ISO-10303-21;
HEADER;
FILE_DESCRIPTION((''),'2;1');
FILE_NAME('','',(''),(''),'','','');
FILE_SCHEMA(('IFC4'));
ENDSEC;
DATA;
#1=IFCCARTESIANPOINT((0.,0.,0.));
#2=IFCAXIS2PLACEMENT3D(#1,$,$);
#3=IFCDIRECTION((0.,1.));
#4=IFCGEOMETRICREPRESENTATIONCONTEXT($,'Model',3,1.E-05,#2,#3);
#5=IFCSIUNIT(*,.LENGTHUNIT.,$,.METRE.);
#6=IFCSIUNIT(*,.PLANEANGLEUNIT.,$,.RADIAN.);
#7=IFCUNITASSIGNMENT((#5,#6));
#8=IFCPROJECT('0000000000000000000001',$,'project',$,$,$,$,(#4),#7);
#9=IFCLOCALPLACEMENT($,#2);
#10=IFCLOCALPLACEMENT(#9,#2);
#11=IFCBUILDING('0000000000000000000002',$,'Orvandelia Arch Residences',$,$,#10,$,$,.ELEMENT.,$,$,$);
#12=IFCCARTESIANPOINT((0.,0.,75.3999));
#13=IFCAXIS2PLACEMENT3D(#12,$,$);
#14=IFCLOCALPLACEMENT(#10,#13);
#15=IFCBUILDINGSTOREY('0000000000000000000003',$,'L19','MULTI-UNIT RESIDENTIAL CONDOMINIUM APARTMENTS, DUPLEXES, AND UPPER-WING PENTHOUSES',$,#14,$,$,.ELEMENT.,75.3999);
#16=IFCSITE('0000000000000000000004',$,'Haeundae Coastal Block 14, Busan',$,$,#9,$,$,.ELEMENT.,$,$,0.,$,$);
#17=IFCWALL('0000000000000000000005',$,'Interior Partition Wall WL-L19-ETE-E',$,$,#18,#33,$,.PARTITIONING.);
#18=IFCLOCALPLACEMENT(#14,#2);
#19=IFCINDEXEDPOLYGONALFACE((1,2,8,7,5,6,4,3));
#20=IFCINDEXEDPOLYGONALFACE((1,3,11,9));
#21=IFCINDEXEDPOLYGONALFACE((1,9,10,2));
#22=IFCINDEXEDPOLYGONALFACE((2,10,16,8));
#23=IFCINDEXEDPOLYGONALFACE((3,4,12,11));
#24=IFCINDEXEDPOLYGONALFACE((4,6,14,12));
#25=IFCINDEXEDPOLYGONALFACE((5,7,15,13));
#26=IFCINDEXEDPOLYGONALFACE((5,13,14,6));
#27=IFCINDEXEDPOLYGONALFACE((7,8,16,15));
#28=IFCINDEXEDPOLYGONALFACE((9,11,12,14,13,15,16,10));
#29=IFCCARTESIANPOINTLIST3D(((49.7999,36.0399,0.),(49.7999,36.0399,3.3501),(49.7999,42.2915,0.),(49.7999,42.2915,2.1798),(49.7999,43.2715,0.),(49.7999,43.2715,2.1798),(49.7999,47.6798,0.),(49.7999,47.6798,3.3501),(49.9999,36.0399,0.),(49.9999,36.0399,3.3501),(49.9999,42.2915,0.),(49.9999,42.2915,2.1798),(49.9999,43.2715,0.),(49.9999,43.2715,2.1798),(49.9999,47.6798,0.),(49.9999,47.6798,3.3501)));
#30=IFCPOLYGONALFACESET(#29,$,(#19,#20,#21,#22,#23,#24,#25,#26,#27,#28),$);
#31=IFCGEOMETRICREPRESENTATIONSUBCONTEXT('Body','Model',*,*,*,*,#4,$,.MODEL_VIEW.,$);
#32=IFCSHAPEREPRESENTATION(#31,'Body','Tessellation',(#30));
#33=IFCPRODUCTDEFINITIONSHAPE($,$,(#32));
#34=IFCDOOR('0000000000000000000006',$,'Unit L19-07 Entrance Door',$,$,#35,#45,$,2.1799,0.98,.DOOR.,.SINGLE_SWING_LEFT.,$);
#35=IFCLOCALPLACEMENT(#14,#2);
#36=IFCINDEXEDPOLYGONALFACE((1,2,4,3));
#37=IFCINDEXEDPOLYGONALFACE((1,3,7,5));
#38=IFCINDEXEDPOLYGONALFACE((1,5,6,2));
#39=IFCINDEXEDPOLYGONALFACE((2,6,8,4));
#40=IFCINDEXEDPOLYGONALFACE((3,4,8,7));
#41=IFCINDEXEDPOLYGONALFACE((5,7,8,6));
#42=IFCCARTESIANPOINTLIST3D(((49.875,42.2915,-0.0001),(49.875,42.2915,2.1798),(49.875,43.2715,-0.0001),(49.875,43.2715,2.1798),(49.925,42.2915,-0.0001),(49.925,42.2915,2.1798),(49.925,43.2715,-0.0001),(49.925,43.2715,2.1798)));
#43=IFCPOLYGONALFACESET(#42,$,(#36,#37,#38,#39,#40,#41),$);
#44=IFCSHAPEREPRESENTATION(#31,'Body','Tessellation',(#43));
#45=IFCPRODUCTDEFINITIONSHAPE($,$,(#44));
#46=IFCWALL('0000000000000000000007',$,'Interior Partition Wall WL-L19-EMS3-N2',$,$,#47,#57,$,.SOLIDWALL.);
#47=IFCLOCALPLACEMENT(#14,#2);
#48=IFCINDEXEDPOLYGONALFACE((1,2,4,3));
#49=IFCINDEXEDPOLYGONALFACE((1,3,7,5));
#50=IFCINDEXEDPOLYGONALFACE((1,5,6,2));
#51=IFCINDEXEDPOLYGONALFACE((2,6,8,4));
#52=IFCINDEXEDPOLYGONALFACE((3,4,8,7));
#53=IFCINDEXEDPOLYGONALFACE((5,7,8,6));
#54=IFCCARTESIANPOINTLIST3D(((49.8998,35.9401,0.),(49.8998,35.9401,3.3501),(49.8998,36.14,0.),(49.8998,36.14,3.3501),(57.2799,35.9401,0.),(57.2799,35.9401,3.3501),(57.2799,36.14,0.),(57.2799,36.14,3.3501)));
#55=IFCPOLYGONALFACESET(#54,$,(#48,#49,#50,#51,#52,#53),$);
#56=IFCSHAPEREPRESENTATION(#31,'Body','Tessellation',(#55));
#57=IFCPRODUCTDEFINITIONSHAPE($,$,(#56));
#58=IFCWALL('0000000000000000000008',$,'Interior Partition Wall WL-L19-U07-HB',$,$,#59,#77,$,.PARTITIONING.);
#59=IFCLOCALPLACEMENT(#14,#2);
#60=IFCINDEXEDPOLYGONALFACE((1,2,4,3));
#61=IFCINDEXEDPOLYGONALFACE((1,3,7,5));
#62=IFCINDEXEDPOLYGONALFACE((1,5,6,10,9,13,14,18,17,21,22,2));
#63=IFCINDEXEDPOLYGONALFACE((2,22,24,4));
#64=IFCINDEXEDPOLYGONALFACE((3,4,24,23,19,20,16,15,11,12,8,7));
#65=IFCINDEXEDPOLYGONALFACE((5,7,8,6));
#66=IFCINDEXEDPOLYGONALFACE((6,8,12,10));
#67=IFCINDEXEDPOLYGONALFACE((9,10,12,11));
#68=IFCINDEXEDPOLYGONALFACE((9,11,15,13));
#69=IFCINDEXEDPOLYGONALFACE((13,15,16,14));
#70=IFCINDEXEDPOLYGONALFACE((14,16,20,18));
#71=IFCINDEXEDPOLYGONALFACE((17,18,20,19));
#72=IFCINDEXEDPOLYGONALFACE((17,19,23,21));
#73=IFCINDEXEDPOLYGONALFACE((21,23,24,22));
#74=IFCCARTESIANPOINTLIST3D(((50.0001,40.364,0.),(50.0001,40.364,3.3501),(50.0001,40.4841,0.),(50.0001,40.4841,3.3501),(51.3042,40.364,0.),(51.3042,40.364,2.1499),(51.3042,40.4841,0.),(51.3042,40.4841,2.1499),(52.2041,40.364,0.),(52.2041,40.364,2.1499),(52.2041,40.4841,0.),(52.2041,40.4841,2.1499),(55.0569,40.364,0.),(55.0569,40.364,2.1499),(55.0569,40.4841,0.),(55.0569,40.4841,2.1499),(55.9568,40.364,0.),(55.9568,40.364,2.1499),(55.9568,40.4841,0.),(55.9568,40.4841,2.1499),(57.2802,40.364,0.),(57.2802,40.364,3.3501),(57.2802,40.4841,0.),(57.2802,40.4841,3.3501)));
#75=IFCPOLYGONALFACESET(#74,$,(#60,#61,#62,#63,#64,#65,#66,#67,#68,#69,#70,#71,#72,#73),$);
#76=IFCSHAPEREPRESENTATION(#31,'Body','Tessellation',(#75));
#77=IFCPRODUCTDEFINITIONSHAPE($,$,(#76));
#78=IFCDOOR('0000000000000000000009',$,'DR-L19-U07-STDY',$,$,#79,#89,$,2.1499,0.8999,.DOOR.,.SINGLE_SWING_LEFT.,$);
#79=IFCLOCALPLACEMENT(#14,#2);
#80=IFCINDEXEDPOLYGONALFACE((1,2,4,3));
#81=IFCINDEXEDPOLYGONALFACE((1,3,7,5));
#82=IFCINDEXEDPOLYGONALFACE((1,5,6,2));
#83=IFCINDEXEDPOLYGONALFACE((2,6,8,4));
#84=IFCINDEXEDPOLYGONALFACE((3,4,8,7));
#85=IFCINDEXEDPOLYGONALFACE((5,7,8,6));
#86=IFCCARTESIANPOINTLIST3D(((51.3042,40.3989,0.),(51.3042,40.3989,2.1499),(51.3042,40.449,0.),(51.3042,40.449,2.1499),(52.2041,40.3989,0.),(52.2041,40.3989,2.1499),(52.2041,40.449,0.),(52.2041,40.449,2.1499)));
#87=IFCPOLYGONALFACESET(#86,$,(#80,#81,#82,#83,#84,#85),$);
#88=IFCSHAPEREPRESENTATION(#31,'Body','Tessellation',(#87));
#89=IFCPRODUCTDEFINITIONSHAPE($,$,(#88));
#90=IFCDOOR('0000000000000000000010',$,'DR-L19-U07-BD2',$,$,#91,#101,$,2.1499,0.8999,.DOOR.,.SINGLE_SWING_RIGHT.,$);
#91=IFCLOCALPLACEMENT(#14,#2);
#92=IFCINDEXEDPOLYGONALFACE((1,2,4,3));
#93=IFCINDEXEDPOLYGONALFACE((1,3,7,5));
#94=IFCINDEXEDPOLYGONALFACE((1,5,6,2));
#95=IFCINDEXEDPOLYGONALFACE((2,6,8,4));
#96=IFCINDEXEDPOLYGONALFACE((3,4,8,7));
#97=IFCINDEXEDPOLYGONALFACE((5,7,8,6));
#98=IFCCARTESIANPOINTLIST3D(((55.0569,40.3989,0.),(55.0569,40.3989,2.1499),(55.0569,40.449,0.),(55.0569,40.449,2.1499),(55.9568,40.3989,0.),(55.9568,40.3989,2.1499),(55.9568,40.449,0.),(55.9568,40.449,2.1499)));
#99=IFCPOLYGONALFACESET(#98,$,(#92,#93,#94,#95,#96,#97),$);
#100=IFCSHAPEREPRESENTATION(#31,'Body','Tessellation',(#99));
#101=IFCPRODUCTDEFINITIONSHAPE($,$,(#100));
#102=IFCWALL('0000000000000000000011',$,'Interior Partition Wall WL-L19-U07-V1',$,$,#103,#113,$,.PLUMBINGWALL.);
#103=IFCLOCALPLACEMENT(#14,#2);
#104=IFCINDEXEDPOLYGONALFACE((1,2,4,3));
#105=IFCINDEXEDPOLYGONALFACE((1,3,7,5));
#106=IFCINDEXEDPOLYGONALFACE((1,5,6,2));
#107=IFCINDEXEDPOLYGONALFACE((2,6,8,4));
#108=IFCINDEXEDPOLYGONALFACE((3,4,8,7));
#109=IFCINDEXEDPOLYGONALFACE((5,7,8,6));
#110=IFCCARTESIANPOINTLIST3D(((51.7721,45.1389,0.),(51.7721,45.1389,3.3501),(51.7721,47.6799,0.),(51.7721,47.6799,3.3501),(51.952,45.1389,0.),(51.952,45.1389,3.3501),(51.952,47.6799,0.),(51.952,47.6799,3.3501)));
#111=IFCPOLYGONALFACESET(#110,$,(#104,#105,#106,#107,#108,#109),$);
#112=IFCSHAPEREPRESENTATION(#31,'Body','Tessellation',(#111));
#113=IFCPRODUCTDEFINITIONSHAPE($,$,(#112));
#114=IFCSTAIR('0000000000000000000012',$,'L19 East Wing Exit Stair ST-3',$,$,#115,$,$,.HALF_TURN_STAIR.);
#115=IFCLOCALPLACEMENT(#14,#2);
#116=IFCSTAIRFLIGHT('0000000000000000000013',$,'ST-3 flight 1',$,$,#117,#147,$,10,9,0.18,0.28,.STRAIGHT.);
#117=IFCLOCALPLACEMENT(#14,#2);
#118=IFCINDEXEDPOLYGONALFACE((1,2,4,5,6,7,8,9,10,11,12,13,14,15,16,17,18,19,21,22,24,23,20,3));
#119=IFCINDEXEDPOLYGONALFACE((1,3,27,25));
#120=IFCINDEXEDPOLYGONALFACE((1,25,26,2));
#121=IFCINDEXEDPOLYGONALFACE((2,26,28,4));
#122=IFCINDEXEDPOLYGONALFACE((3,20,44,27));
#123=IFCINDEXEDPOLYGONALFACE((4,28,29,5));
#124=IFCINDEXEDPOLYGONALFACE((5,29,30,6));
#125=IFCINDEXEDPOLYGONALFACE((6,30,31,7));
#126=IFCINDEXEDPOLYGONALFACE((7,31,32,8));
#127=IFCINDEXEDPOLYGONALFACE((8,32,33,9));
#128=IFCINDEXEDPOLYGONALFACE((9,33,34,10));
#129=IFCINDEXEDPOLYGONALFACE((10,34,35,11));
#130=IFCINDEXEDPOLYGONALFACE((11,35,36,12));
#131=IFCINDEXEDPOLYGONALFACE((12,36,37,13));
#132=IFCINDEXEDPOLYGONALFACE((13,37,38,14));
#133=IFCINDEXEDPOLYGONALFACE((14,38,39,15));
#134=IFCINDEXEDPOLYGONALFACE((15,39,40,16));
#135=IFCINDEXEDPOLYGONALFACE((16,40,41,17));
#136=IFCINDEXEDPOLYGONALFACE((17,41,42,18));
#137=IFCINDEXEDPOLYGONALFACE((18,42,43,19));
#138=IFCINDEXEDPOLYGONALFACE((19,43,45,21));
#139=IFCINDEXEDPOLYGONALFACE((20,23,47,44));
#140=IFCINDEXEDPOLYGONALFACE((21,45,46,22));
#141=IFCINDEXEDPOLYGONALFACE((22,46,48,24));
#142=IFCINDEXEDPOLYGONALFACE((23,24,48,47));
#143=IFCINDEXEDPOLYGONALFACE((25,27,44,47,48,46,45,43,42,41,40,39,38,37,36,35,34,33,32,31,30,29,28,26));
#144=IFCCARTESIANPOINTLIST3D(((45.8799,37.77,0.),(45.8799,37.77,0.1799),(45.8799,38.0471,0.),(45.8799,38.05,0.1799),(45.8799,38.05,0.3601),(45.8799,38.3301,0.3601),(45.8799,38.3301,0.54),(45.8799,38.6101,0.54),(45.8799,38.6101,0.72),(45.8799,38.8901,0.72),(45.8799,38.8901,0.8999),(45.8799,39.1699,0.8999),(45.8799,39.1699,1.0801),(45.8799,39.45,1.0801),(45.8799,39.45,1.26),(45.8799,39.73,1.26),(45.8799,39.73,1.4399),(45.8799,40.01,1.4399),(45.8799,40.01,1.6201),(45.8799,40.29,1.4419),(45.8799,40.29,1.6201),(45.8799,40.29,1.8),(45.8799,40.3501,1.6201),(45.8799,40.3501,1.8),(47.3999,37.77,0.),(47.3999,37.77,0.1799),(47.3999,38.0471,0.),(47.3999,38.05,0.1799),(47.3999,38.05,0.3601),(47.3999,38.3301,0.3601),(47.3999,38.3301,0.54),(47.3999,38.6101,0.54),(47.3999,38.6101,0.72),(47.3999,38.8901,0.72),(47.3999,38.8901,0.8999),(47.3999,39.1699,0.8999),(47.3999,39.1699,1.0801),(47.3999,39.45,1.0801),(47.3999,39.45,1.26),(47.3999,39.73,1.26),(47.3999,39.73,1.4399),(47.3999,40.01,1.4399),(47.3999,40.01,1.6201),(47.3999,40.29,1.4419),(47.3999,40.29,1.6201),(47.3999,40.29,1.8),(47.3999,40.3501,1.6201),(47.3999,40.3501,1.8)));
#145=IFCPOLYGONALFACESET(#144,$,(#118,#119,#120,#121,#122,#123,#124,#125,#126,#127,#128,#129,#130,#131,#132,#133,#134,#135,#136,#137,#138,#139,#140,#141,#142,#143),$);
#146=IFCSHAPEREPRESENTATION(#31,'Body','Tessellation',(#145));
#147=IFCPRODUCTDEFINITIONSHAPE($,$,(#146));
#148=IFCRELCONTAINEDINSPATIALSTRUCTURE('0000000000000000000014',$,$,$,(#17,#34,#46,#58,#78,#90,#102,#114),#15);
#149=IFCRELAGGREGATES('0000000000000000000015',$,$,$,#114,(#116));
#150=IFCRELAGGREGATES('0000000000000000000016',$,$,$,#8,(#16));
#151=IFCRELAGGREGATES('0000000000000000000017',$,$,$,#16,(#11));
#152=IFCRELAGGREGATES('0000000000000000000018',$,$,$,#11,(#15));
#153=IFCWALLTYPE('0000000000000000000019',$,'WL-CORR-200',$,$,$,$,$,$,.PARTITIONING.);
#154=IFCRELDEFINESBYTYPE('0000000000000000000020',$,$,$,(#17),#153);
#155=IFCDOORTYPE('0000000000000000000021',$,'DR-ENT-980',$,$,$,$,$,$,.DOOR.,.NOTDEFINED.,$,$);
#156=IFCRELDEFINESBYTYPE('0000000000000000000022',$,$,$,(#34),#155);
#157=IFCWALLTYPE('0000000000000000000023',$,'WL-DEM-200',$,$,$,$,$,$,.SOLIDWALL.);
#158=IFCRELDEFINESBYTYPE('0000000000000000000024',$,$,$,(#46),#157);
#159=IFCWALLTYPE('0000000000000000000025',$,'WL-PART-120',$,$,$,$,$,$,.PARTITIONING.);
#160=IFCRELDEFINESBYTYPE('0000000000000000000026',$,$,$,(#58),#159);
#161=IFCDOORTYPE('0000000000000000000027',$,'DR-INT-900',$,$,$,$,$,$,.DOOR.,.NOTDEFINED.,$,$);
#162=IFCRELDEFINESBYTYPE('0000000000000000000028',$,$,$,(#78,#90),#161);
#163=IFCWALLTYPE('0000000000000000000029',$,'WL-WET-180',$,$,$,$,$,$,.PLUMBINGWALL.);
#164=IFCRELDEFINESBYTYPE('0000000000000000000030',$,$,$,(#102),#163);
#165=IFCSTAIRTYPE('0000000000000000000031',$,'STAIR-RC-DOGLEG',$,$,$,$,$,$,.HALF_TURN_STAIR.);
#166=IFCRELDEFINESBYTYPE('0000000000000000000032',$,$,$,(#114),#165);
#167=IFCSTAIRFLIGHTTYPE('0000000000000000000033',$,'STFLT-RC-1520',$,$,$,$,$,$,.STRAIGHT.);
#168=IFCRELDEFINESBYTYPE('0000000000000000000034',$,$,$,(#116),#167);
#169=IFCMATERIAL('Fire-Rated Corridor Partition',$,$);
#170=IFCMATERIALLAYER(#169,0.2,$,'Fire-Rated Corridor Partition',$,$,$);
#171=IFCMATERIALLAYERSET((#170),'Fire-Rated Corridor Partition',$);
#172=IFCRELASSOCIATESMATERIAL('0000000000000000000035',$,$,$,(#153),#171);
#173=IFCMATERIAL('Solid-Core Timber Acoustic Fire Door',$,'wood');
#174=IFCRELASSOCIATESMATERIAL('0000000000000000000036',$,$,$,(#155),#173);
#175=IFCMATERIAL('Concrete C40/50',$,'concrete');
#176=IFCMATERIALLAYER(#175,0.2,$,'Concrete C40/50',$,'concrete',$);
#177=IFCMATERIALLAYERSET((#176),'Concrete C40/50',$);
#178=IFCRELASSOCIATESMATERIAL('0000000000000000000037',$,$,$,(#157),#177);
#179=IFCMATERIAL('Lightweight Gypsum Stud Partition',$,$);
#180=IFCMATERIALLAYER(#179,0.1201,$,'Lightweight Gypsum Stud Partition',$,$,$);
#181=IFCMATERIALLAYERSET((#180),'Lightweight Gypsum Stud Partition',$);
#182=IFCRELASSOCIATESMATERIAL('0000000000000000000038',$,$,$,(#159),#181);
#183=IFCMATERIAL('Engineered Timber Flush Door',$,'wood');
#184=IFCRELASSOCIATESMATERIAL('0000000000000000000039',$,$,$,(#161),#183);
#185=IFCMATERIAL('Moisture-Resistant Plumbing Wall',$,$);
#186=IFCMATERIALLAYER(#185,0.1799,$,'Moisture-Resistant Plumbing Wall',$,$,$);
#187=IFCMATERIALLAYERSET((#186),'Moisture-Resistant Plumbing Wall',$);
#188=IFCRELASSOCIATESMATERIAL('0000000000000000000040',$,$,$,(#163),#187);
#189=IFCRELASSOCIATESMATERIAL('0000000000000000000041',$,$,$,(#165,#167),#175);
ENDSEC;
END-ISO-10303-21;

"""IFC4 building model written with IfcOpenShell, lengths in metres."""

from ifc_helpers import new_model, si_unit, direction, frame, frame_2d, origin, place, context, subcontext, project, spatial, polyline, rectangle, outline, extrude, material, layer, layer_set, type_object, element, fill, aggregate, save


model = new_model("IFC4")

# Units and contexts
model_context = context("Model", 3, precision=1e-05, world=origin(), true_north=direction((0.0, 1.0)))
body_context = subcontext(model_context, "Body", "Model", "MODEL_VIEW")
ifc_project = project(units=[si_unit("LENGTHUNIT", "METRE"), si_unit("PLANEANGLEUNIT", "RADIAN")], contexts=[model_context])

# Site, building, storey
site_placement = place(None, origin())
site = spatial("IfcSite", under=ifc_project, at=site_placement, Name="Haeundae Coastal Block 14, Busan", CompositionType="ELEMENT", RefElevation=0.0)
building_placement = place(site_placement, origin())
building = spatial("IfcBuilding", under=site, at=building_placement, Name="Orvandelia Arch Residences", CompositionType="ELEMENT")
storey_placement = place(building_placement, frame((0.0, 0.0, 75.3999)))
storey = spatial("IfcBuildingStorey", under=building, at=storey_placement, Name="L19", Description="MULTI-UNIT RESIDENTIAL CONDOMINIUM APARTMENTS, DUPLEXES, AND UPPER-WING PENTHOUSES", CompositionType="ELEMENT", Elevation=75.3999)

# Wall, opening, door
ifc_material_1 = material(Name="Fire-Rated Corridor Partition")
ifc_layer_1 = layer(ifc_material_1, 0.2, Name="Fire-Rated Corridor Partition")
ifc_layer_set_1 = layer_set([ifc_layer_1], Name="Fire-Rated Corridor Partition")
wall_type_1 = type_object("IfcWallType", Name="WL-CORR-200", PredefinedType="PARTITIONING", material=ifc_layer_set_1)
wall_1_placement = place(storey_placement, frame((49.8999, 36.04, 0.0), z_axis=(0.0, 0.0, 1.0), x_axis=(0.0, 1.0, 0.0)))
wall_1 = element("IfcWall", 1, at=wall_1_placement, inside=storey, type_object=wall_type_1, Name="Interior Partition Wall WL-L19-ETE-E", PredefinedType="PARTITIONING", context=body_context, shape_type="SweptSolid", body=[
    extrude(rectangle(XDim=11.6399, YDim=0.2, at=frame_2d((5.8198, 0.0))), origin(), (0.0, 0.0, 1.0), 3.3501),
])
opening_1_placement = place(wall_1_placement, frame((6.2515, 0.0, 0.0)))
opening_1 = element("IfcOpeningElement", 2, at=opening_1_placement, cuts=wall_1, PredefinedType="OPENING", context=body_context, shape_type="SweptSolid", body=[
    extrude(rectangle(XDim=0.98, YDim=2.1799, at=frame_2d((0.49, 1.0898))), frame((0.0, 0.1099, 0.0), z_axis=(0.0, -1.0, 0.0), x_axis=(1.0, 0.0, 0.0)), (0.0, 0.0, 1.0), 0.22),
])
ifc_material_2 = material(Name="Solid-Core Timber Acoustic Fire Door", Category="wood")
door_type_1 = type_object("IfcDoorType", Name="DR-ENT-980", OperationType="NOTDEFINED", PredefinedType="DOOR", material=ifc_material_2)
door_1_placement = place(opening_1_placement, origin())
door_1 = element("IfcDoor", 3, at=door_1_placement, inside=storey, type_object=door_type_1, Name="Unit L19-07 Entrance Door", OperationType="SINGLE_SWING_LEFT", OverallHeight=2.1799, OverallWidth=0.98, PredefinedType="DOOR", context=body_context, shape_type="SweptSolid", body=[
    extrude(rectangle(XDim=0.98, YDim=2.1799, at=frame_2d((0.49, 1.0898))), frame((0.0, 0.0249, 0.0), z_axis=(0.0, -1.0, 0.0), x_axis=(1.0, 0.0, 0.0)), (0.0, 0.0, 1.0), 0.05),
])
fill(opening_1, door_1)

# Wall
ifc_material_3 = material(Name="Concrete C40/50", Category="concrete")
ifc_layer_2 = layer(ifc_material_3, 0.2, Name="Concrete C40/50", Category="concrete")
ifc_layer_set_2 = layer_set([ifc_layer_2], Name="Concrete C40/50")
wall_type_2 = type_object("IfcWallType", Name="WL-DEM-200", PredefinedType="SOLIDWALL", material=ifc_layer_set_2)
wall_2_placement = place(storey_placement, frame((49.8999, 36.04, 0.0), z_axis=(0.0, 0.0, 1.0), x_axis=(1.0, 0.0, 0.0)))
element("IfcWall", 4, at=wall_2_placement, inside=storey, type_object=wall_type_2, Name="Interior Partition Wall WL-L19-EMS3-N2", PredefinedType="SOLIDWALL", context=body_context, shape_type="SweptSolid", body=[
    extrude(rectangle(XDim=7.3801, YDim=0.2, at=frame_2d((3.6899, 0.0))), origin(), (0.0, 0.0, 1.0), 3.3501),
])

# Wall, openings, doors
ifc_material_4 = material(Name="Lightweight Gypsum Stud Partition")
ifc_layer_3 = layer(ifc_material_4, 0.1201, Name="Lightweight Gypsum Stud Partition")
ifc_layer_set_3 = layer_set([ifc_layer_3], Name="Lightweight Gypsum Stud Partition")
wall_type_3 = type_object("IfcWallType", Name="WL-PART-120", PredefinedType="PARTITIONING", material=ifc_layer_set_3)
wall_3_placement = place(storey_placement, frame((50.0, 40.4241, 0.0), z_axis=(0.0, 0.0, 1.0), x_axis=(1.0, 0.0, 0.0)))
wall_3 = element("IfcWall", 5, at=wall_3_placement, inside=storey, type_object=wall_type_3, Name="Interior Partition Wall WL-L19-U07-HB", PredefinedType="PARTITIONING", context=body_context, shape_type="SweptSolid", body=[
    extrude(rectangle(XDim=7.28, YDim=0.1201, at=frame_2d((3.6401, 0.0))), origin(), (0.0, 0.0, 1.0), 3.3501),
])
opening_2_placement = place(wall_3_placement, frame((1.3042, 0.0, 0.0)))
opening_2 = element("IfcOpeningElement", 6, at=opening_2_placement, cuts=wall_3, PredefinedType="OPENING", context=body_context, shape_type="SweptSolid", body=[
    extrude(rectangle(XDim=0.8999, YDim=2.1499, at=frame_2d((0.45, 1.075))), frame((0.0, 0.0701, 0.0), z_axis=(0.0, -1.0, 0.0), x_axis=(1.0, 0.0, 0.0)), (0.0, 0.0, 1.0), 0.1401),
])
opening_3_placement = place(wall_3_placement, frame((5.0569, 0.0, 0.0)))
opening_3 = element("IfcOpeningElement", 7, at=opening_3_placement, cuts=wall_3, PredefinedType="OPENING", context=body_context, shape_type="SweptSolid", body=[
    extrude(rectangle(XDim=0.8999, YDim=2.1499, at=frame_2d((0.45, 1.075))), frame((0.0, 0.0701, 0.0), z_axis=(0.0, -1.0, 0.0), x_axis=(1.0, 0.0, 0.0)), (0.0, 0.0, 1.0), 0.1401),
])
ifc_material_5 = material(Name="Engineered Timber Flush Door", Category="wood")
door_type_2 = type_object("IfcDoorType", Name="DR-INT-900", OperationType="NOTDEFINED", PredefinedType="DOOR", material=ifc_material_5)
door_2_placement = place(opening_2_placement, origin())
door_2 = element("IfcDoor", 8, at=door_2_placement, inside=storey, type_object=door_type_2, Name="DR-L19-U07-STDY", OperationType="SINGLE_SWING_LEFT", OverallHeight=2.1499, OverallWidth=0.8999, PredefinedType="DOOR", context=body_context, shape_type="SweptSolid", body=[
    extrude(rectangle(XDim=0.8999, YDim=2.1499, at=frame_2d((0.45, 1.075))), frame((0.0, 0.0249, 0.0), z_axis=(0.0, -1.0, 0.0), x_axis=(1.0, 0.0, 0.0)), (0.0, 0.0, 1.0), 0.05),
])
fill(opening_2, door_2)
door_3_placement = place(opening_3_placement, origin())
door_3 = element("IfcDoor", 9, at=door_3_placement, inside=storey, type_object=door_type_2, Name="DR-L19-U07-BD2", OperationType="SINGLE_SWING_RIGHT", OverallHeight=2.1499, OverallWidth=0.8999, PredefinedType="DOOR", context=body_context, shape_type="SweptSolid", body=[
    extrude(rectangle(XDim=0.8999, YDim=2.1499, at=frame_2d((0.45, 1.075))), frame((0.0, 0.0249, 0.0), z_axis=(0.0, -1.0, 0.0), x_axis=(1.0, 0.0, 0.0)), (0.0, 0.0, 1.0), 0.05),
])
fill(opening_3, door_3)
ifc_material_6 = material(Name="Moisture-Resistant Plumbing Wall")
ifc_layer_4 = layer(ifc_material_6, 0.1799, Name="Moisture-Resistant Plumbing Wall")
ifc_layer_set_4 = layer_set([ifc_layer_4], Name="Moisture-Resistant Plumbing Wall")
wall_type_4 = type_object("IfcWallType", Name="WL-WET-180", PredefinedType="PLUMBINGWALL", material=ifc_layer_set_4)

# Wall
wall_4_placement = place(storey_placement, frame((51.8621, 45.1389, 0.0), z_axis=(0.0, 0.0, 1.0), x_axis=(0.0, 1.0, 0.0)))
element("IfcWall", 10, at=wall_4_placement, inside=storey, type_object=wall_type_4, Name="Interior Partition Wall WL-L19-U07-V1", PredefinedType="PLUMBINGWALL", context=body_context, shape_type="SweptSolid", body=[
    extrude(rectangle(XDim=2.541, YDim=0.1799, at=frame_2d((1.2705, 0.0))), origin(), (0.0, 0.0, 1.0), 3.3501),
])

# Stair, stair flight
stair_type = type_object("IfcStairType", Name="STAIR-RC-DOGLEG", PredefinedType="HALF_TURN_STAIR", material=ifc_material_3)
stair_placement = place(storey_placement, origin())
stair = element("IfcStair", 11, at=stair_placement, inside=storey, type_object=stair_type, Name="L19 East Wing Exit Stair ST-3", PredefinedType="HALF_TURN_STAIR")
stair_flight_type = type_object("IfcStairFlightType", Name="STFLT-RC-1520", PredefinedType="STRAIGHT", material=ifc_material_3)
stair_flight_placement = place(storey_placement, frame((46.6399, 37.77, 0.0), z_axis=(0.0, 0.0, 1.0), x_axis=(0.0, 1.0, 0.0)))
stair_flight = element("IfcStairFlight", 12, at=stair_flight_placement, type_object=stair_flight_type, Name="ST-3 flight 1", NumberOfRisers=10, NumberOfTreads=9, PredefinedType="STRAIGHT", RiserHeight=0.18, TreadLength=0.28, context=body_context, shape_type="SweptSolid", body=[
    extrude(outline(polyline([(0.0, 0.0), (0.0, 0.1799), (0.28, 0.1799), (0.28, 0.3601), (0.5601, 0.3601), (0.5601, 0.54), (0.8401, 0.54), (0.8401, 0.72), (1.1201, 0.72), (1.1201, 0.8999), (1.3999, 0.8999), (1.3999, 1.0801), (1.6799, 1.0801), (1.6799, 1.26), (1.96, 1.26), (1.96, 1.4399), (2.24, 1.4399), (2.24, 1.6201), (2.52, 1.6201), (2.52, 1.8), (2.5801, 1.8), (2.5801, 1.6201), (2.52, 1.4419), (0.2771, 0.0), (0.0, 0.0)])), frame((0.0, 0.76, 0.0), z_axis=(0.0, -1.0, 0.0), x_axis=(1.0, 0.0, 0.0)), (0.0, 0.0, 1.0), 1.52),
])
aggregate(stair, [stair_flight])

save(model, "model.ifc")
